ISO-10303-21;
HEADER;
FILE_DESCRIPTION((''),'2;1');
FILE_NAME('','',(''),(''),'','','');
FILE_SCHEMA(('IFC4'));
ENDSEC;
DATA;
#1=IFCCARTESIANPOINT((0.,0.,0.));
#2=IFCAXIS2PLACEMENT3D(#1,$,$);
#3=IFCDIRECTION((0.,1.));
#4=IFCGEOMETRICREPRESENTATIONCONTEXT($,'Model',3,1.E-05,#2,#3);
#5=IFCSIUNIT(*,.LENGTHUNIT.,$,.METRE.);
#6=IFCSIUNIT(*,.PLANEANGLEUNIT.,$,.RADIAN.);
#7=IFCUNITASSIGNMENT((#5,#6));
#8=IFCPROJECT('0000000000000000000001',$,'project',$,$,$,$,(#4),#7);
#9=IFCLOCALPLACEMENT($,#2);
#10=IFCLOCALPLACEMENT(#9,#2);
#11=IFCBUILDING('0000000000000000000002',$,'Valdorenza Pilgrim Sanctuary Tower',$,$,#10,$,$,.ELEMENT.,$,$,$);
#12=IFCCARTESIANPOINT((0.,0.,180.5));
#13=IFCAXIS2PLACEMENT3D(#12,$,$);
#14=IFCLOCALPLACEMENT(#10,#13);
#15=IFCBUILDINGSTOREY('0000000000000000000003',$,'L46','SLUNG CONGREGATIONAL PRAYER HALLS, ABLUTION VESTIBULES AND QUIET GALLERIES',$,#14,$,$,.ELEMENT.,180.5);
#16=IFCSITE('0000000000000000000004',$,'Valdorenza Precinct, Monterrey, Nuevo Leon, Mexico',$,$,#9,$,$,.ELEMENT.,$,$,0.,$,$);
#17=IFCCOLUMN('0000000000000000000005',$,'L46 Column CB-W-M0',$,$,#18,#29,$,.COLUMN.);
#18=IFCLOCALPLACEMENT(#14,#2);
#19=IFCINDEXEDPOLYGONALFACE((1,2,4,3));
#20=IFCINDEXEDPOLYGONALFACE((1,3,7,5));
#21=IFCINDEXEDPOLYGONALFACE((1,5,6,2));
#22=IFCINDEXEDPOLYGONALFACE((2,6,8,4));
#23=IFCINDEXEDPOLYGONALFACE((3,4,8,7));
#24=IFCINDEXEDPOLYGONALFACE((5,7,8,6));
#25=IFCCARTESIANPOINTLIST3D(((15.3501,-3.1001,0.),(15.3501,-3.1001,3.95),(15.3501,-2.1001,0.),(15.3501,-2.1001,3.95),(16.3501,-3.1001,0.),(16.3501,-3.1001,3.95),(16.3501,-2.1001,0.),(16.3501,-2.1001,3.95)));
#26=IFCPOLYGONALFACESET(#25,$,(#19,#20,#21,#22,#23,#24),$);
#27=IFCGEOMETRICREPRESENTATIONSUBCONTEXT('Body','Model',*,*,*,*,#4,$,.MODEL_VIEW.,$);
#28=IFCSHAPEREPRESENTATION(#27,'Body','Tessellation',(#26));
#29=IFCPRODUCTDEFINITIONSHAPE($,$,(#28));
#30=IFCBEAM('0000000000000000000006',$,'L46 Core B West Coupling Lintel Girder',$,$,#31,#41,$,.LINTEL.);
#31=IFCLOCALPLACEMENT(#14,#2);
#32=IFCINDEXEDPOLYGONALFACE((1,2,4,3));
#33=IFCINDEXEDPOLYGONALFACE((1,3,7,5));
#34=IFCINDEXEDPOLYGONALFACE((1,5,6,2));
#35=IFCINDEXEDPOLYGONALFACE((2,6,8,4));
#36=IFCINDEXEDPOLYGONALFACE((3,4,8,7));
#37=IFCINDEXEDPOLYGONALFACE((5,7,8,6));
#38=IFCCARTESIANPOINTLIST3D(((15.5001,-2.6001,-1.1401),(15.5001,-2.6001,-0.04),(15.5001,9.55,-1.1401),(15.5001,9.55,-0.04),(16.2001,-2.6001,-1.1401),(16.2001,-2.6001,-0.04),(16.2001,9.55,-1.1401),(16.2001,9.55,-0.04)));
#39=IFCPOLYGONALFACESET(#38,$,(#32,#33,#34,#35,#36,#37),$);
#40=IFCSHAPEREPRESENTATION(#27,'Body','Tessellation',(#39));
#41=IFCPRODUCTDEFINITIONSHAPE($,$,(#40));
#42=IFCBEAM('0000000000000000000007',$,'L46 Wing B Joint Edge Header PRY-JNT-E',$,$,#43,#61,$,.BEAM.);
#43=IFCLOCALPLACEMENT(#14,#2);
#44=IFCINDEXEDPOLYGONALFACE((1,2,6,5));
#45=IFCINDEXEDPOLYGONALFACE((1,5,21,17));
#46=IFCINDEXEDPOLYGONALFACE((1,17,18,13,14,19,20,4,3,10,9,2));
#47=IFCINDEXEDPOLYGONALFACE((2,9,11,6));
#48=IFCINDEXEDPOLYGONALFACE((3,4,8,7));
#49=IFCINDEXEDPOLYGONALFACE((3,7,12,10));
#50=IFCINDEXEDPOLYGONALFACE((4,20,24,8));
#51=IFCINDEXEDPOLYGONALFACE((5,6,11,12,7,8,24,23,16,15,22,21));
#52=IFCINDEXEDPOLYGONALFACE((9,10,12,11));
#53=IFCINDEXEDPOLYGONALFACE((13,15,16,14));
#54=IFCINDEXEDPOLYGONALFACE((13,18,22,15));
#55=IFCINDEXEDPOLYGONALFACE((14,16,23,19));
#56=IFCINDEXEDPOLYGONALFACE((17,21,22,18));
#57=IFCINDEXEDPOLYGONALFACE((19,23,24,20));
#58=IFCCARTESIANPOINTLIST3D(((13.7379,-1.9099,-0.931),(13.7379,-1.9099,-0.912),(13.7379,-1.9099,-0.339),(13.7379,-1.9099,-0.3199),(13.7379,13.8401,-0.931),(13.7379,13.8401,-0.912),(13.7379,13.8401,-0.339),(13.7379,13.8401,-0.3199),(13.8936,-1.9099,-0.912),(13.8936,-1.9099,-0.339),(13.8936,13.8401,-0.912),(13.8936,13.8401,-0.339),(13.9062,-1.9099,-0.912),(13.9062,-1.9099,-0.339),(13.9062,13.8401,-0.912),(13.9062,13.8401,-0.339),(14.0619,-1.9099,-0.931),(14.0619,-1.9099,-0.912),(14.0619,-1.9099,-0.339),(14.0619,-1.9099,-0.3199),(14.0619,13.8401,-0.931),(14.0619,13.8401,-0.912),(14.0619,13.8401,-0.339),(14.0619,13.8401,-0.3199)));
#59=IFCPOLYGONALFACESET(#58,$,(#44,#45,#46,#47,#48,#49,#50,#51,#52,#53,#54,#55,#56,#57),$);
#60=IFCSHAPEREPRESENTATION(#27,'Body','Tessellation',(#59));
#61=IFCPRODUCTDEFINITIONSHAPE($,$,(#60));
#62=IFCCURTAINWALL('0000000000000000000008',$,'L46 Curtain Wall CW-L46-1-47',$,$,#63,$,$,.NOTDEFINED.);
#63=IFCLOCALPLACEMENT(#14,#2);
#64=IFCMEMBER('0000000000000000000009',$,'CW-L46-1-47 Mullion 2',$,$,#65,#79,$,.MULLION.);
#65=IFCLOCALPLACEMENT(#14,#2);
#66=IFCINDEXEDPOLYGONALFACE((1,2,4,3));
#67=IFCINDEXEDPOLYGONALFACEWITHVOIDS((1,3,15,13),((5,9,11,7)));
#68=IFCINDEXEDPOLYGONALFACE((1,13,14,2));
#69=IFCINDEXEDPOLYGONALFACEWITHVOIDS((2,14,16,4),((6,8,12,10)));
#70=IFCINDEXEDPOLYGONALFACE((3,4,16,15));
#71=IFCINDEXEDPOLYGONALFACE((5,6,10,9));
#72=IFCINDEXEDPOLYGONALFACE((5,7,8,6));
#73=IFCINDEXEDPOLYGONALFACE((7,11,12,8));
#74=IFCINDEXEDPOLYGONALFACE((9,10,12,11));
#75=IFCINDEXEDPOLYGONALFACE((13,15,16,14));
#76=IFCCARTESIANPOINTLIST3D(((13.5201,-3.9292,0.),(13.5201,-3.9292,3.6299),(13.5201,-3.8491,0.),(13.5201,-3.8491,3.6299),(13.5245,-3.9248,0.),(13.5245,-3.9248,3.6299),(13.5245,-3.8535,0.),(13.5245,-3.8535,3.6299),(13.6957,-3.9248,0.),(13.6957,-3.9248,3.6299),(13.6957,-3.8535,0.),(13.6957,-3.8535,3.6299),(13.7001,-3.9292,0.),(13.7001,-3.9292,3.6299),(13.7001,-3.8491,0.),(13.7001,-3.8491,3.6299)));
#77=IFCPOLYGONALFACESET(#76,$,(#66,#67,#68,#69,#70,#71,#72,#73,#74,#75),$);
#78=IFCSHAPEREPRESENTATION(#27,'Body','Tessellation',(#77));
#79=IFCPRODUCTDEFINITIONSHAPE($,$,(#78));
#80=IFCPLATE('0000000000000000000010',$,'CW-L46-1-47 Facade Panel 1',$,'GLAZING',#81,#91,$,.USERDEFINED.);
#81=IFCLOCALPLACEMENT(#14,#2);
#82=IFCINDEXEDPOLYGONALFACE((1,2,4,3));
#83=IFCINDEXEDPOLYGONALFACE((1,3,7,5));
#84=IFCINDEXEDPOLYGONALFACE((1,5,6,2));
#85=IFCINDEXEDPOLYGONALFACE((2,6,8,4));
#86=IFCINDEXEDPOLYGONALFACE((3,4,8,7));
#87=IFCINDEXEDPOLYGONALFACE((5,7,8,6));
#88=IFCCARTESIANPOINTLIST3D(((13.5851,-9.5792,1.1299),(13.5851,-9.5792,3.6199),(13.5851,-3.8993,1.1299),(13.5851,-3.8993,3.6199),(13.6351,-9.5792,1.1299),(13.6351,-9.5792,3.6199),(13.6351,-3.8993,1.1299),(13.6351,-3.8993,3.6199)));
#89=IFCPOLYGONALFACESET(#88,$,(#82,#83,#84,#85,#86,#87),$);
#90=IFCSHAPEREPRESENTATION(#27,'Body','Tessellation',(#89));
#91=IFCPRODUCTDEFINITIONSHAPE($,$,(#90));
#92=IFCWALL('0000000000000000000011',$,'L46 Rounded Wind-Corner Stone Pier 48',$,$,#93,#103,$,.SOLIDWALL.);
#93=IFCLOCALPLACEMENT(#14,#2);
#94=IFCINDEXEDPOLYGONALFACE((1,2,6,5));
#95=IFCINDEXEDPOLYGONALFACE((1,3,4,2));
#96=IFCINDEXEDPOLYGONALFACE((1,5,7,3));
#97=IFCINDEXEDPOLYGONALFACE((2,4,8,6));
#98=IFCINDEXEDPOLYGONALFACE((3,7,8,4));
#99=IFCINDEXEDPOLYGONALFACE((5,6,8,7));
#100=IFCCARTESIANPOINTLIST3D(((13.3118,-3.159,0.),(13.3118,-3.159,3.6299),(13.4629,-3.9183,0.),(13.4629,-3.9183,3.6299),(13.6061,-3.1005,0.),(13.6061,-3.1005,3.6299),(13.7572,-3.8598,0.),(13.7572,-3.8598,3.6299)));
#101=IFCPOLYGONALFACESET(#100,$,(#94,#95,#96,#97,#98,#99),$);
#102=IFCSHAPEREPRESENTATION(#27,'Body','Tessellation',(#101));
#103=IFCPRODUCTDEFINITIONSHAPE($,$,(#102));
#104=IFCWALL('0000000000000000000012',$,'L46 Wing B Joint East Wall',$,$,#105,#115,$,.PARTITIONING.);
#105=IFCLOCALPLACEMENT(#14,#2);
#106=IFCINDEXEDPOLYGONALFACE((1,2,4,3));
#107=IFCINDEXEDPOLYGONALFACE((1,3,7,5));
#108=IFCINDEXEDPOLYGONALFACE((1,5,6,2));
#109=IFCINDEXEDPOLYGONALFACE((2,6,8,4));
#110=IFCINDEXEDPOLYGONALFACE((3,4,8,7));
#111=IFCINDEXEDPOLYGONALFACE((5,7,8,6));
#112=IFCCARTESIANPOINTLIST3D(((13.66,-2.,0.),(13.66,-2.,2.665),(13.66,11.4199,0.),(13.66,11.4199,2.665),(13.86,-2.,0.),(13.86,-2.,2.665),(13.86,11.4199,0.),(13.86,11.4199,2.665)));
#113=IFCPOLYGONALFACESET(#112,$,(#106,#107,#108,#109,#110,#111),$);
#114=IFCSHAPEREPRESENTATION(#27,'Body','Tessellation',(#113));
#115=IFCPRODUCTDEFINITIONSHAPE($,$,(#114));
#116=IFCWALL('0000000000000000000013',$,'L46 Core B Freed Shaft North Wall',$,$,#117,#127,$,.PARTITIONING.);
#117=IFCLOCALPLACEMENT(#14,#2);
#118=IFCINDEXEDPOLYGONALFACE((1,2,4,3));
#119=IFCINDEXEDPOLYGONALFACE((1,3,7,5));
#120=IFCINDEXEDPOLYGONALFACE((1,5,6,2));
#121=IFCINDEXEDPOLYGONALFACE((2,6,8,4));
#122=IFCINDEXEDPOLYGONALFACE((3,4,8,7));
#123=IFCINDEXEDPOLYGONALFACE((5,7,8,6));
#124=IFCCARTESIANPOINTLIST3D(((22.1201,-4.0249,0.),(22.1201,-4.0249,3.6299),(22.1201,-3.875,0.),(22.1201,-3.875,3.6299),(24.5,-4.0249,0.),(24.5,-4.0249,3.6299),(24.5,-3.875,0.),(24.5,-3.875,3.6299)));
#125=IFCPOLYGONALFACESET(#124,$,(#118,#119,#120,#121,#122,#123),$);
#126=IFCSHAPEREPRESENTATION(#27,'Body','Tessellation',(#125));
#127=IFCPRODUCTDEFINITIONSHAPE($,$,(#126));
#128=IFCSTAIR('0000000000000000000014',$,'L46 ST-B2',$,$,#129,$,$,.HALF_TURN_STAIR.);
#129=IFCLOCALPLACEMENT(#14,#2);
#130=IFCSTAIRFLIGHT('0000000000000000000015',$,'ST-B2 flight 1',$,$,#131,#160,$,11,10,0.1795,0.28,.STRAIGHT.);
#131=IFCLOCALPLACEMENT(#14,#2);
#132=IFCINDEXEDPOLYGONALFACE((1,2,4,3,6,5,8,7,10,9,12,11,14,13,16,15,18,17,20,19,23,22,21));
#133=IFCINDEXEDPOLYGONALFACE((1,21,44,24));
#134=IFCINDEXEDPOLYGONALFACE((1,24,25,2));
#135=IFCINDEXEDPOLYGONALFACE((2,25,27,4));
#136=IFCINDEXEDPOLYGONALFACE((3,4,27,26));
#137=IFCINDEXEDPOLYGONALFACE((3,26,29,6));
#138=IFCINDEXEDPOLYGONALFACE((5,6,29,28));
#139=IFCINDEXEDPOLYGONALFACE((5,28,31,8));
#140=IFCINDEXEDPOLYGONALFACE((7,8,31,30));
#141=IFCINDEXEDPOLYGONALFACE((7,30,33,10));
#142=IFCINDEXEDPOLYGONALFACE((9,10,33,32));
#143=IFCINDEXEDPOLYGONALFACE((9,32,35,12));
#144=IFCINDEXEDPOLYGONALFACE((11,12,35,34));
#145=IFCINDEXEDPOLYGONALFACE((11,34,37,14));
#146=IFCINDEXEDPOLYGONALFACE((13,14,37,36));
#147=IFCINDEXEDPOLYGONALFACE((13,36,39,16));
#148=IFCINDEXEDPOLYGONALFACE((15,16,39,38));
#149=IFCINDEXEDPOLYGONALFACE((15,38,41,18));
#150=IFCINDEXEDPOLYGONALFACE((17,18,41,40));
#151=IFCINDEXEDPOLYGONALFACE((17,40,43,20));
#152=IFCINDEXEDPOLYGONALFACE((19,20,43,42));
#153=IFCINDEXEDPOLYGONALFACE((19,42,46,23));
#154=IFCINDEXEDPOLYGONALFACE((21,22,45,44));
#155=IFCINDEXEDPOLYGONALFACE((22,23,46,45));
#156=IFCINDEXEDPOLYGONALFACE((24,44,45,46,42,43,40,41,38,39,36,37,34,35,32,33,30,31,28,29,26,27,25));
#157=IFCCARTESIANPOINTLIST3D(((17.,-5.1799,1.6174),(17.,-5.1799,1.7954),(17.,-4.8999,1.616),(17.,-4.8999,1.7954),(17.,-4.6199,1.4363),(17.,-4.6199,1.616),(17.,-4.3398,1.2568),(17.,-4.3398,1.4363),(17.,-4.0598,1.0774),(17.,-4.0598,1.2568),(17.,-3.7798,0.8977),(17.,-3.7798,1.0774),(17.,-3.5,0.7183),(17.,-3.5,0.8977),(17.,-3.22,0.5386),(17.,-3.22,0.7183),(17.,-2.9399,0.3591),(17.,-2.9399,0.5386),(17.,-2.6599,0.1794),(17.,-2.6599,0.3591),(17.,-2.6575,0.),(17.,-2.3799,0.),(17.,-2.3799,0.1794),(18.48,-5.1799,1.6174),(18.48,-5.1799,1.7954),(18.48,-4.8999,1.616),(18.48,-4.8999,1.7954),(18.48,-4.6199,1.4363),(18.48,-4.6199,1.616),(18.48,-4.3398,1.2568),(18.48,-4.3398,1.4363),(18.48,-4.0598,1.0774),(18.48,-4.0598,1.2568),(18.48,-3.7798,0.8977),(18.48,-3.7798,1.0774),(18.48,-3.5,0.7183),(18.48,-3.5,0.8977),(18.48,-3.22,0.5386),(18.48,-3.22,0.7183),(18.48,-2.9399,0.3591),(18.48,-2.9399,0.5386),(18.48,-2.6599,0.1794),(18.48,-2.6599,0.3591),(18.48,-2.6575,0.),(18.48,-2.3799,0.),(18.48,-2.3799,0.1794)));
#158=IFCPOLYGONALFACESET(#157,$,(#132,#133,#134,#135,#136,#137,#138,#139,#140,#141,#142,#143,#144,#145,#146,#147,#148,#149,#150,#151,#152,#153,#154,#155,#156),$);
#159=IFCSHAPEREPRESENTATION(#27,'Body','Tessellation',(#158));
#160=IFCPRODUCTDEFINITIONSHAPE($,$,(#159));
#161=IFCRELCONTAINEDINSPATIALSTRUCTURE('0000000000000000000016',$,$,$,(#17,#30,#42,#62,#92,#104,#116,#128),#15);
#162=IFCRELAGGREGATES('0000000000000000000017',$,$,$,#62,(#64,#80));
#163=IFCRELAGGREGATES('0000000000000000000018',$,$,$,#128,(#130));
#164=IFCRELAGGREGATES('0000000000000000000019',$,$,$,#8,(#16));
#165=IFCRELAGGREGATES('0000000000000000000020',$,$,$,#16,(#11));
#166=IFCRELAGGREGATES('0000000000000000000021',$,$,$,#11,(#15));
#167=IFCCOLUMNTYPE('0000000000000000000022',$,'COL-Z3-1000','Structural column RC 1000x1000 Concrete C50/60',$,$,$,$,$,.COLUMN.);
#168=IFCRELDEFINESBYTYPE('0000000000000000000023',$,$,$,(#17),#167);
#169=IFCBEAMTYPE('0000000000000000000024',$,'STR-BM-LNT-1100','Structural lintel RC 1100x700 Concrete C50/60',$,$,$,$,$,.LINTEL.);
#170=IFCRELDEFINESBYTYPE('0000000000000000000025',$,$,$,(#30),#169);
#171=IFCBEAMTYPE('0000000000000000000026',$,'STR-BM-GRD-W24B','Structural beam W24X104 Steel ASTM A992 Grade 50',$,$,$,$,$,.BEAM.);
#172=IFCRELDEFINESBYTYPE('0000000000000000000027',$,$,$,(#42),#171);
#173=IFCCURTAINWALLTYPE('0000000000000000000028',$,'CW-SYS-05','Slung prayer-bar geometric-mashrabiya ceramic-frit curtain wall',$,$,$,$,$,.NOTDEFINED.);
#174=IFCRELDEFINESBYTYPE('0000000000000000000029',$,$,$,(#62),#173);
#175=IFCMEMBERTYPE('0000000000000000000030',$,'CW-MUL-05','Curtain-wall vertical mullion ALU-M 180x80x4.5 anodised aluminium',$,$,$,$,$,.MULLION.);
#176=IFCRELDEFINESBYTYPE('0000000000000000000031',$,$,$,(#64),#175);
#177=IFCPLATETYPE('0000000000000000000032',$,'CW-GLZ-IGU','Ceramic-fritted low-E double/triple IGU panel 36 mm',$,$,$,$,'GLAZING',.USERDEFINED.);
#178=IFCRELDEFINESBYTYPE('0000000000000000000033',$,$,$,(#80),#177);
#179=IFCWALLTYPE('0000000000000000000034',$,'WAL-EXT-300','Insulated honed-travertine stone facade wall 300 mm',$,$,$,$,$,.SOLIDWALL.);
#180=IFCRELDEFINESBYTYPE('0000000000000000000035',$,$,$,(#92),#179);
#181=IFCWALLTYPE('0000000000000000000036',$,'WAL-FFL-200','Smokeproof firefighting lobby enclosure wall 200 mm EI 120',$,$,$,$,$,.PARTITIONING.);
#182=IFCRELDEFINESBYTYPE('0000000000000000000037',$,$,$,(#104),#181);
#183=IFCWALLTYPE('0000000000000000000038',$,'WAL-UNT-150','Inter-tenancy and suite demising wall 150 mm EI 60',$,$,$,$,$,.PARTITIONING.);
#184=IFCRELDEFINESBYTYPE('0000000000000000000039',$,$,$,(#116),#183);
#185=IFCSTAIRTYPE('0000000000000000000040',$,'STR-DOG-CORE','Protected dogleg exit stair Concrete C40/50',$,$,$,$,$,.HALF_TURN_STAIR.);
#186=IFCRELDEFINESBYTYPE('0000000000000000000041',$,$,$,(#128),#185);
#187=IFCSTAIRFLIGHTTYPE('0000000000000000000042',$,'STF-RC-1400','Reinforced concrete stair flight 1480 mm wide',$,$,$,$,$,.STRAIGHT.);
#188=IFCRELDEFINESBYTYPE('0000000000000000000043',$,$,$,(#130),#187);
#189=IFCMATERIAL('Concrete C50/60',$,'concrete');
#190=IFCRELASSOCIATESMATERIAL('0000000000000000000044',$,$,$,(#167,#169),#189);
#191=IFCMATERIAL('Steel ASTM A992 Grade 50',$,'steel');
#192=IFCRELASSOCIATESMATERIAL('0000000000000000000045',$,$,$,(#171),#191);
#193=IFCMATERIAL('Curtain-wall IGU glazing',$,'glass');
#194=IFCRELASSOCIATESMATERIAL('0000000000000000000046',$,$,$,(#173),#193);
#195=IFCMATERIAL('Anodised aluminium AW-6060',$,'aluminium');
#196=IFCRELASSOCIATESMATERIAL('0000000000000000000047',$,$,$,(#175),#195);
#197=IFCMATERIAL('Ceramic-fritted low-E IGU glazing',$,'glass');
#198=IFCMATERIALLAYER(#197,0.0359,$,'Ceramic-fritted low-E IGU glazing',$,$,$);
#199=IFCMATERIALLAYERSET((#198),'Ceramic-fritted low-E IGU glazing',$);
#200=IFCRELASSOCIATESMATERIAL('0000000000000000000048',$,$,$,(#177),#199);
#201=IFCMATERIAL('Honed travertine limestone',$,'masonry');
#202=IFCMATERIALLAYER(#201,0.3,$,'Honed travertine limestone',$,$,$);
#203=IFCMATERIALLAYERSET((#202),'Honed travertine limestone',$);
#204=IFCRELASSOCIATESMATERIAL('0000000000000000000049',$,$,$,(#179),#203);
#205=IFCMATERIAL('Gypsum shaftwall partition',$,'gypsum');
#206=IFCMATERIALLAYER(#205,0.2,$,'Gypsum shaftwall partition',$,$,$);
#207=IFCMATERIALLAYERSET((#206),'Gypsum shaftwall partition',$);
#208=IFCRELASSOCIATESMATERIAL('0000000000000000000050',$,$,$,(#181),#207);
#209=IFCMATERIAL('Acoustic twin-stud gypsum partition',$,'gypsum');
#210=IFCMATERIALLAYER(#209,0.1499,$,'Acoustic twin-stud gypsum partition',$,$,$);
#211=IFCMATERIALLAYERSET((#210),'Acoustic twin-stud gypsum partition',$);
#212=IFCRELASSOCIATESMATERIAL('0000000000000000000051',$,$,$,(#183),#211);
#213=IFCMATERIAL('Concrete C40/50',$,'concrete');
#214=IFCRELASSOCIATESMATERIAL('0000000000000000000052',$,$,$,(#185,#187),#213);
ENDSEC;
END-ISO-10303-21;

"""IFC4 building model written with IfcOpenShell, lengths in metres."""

from ifc_helpers import new_model, si_unit, direction, frame, frame_2d, origin, origin_2d, place, context, subcontext, project, spatial, polyline, rectangle, hollow_rectangle, i_section, outline, extrude, source, transform, mapped, material, layer, layer_set, material_profile, profile_set, type_object, element, aggregate, save


model = new_model("IFC4")

# Units and contexts
model_context = context("Model", 3, precision=1e-05, world=origin(), true_north=direction((0.0, 1.0)))
body_context = subcontext(model_context, "Body", "Model", "MODEL_VIEW")
ifc_project = project(units=[si_unit("LENGTHUNIT", "METRE"), si_unit("PLANEANGLEUNIT", "RADIAN")], contexts=[model_context])

# Site, building, storey
site_placement = place(None, origin())
site = spatial("IfcSite", under=ifc_project, at=site_placement, Name="Valdorenza Precinct, Monterrey, Nuevo Leon, Mexico", CompositionType="ELEMENT", RefElevation=0.0)
building_placement = place(site_placement, origin())
building = spatial("IfcBuilding", under=site, at=building_placement, Name="Valdorenza Pilgrim Sanctuary Tower", CompositionType="ELEMENT")
storey_placement = place(building_placement, frame((0.0, 0.0, 180.5)))
storey = spatial("IfcBuildingStorey", under=building, at=storey_placement, Name="L46", Description="SLUNG CONGREGATIONAL PRAYER HALLS, ABLUTION VESTIBULES AND QUIET GALLERIES", CompositionType="ELEMENT", Elevation=180.5)

# Column
ifc_material_1 = material(Name="Concrete C50/60", Category="concrete")
ifc_material_profile_1 = material_profile(ifc_material_1, rectangle(XDim=1.0, YDim=1.0, at=origin_2d()), Name="RC 1000x1000")
ifc_profile_set_1 = profile_set([ifc_material_profile_1], Name="Concrete C50/60")
column_type = type_object("IfcColumnType", Name="COL-Z3-1000", Description="Structural column RC 1000x1000 Concrete C50/60", PredefinedType="COLUMN", material=ifc_profile_set_1)
shared_shape_1 = source(origin(), body_context, "Body", "SweptSolid", [
    extrude(rectangle(XDim=1.0, YDim=1.0, at=origin_2d()), origin(), (0.0, 0.0, 1.0), 3.95),
])
column_placement = place(storey_placement, frame((15.8501, -2.6001, 0.0), z_axis=(0.0, 0.0, 1.0), x_axis=(1.0, 0.0, 0.0)))
element("IfcColumn", 1, at=column_placement, inside=storey, type_object=column_type, Name="L46 Column CB-W-M0", PredefinedType="COLUMN", context=body_context, shape_type="MappedRepresentation", body=[
    mapped(shared_shape_1, transform((0.0, 0.0, 0.0), x_axis=(1.0, 0.0, 0.0), y_axis=(0.0, 1.0, 0.0), z_axis=(0.0, 0.0, 1.0), scale=1.0)),
])

# Beams
ifc_material_profile_2 = material_profile(ifc_material_1, rectangle(XDim=0.7, YDim=1.1001, at=origin_2d()), Name="RC 1100x700")
ifc_profile_set_2 = profile_set([ifc_material_profile_2], Name="Concrete C50/60")
beam_type_1 = type_object("IfcBeamType", Name="STR-BM-LNT-1100", Description="Structural lintel RC 1100x700 Concrete C50/60", PredefinedType="LINTEL", material=ifc_profile_set_2)
shared_shape_2 = source(origin(), body_context, "Body", "SweptSolid", [
    extrude(rectangle(XDim=0.7, YDim=1.1001, at=origin_2d()), origin(), (0.0, 0.0, 1.0), 12.1501),
])
beam_1_placement = place(storey_placement, frame((15.8501, -2.6001, -0.5901), z_axis=(0.0, 1.0, 0.0), x_axis=(-1.0, 0.0, 0.0)))
element("IfcBeam", 2, at=beam_1_placement, inside=storey, type_object=beam_type_1, Name="L46 Core B West Coupling Lintel Girder", PredefinedType="LINTEL", context=body_context, shape_type="MappedRepresentation", body=[
    mapped(shared_shape_2, transform((0.0, 0.0, 0.0), x_axis=(1.0, 0.0, 0.0), y_axis=(0.0, 1.0, 0.0), z_axis=(0.0, 0.0, 1.0), scale=1.0)),
])
ifc_material_2 = material(Name="Steel ASTM A992 Grade 50", Category="steel")
ifc_material_profile_3 = material_profile(ifc_material_2, i_section(OverallWidth=0.324, OverallDepth=0.6111, WebThickness=0.0127, FlangeThickness=0.019, at=origin_2d()), Name="W24X104")
ifc_profile_set_3 = profile_set([ifc_material_profile_3], Name="Steel ASTM A992 Grade 50")
beam_type_2 = type_object("IfcBeamType", Name="STR-BM-GRD-W24B", Description="Structural beam W24X104 Steel ASTM A992 Grade 50", PredefinedType="BEAM", material=ifc_profile_set_3)
shared_shape_3 = source(origin(), body_context, "Body", "SweptSolid", [
    extrude(i_section(OverallWidth=0.324, OverallDepth=0.6111, WebThickness=0.0127, FlangeThickness=0.019, at=origin_2d()), origin(), (0.0, 0.0, 1.0), 15.75),
])
beam_2_placement = place(storey_placement, frame((13.8999, -1.9099, -0.6255), z_axis=(0.0, 1.0, 0.0), x_axis=(-1.0, 0.0, 0.0)))
element("IfcBeam", 3, at=beam_2_placement, inside=storey, type_object=beam_type_2, Name="L46 Wing B Joint Edge Header PRY-JNT-E", PredefinedType="BEAM", context=body_context, shape_type="MappedRepresentation", body=[
    mapped(shared_shape_3, transform((0.0, 0.0, 0.0), x_axis=(1.0, 0.0, 0.0), y_axis=(0.0, 1.0, 0.0), z_axis=(0.0, 0.0, 1.0), scale=1.0)),
])

# Curtain wall, member, plate
ifc_material_3 = material(Name="Curtain-wall IGU glazing", Category="glass")
curtain_wall_type = type_object("IfcCurtainWallType", Name="CW-SYS-05", Description="Slung prayer-bar geometric-mashrabiya ceramic-frit curtain wall", PredefinedType="NOTDEFINED", material=ifc_material_3)
curtain_wall_placement = place(storey_placement, origin())
curtain_wall = element("IfcCurtainWall", 4, at=curtain_wall_placement, inside=storey, type_object=curtain_wall_type, Name="L46 Curtain Wall CW-L46-1-47", PredefinedType="NOTDEFINED")
ifc_material_4 = material(Name="Anodised aluminium AW-6060", Category="aluminium")
ifc_material_profile_4 = material_profile(ifc_material_4, hollow_rectangle(XDim=0.0801, YDim=0.1799, WallThickness=0.0044, at=origin_2d()), Name="ALU-M 180x80x4.5")
ifc_profile_set_4 = profile_set([ifc_material_profile_4], Name="Anodised aluminium AW-6060")
member_type = type_object("IfcMemberType", Name="CW-MUL-05", Description="Curtain-wall vertical mullion ALU-M 180x80x4.5 anodised aluminium", PredefinedType="MULLION", material=ifc_profile_set_4)
shared_shape_4 = source(origin(), body_context, "Body", "SweptSolid", [
    extrude(hollow_rectangle(XDim=0.0801, YDim=0.1799, WallThickness=0.0044, at=origin_2d()), origin(), (0.0, 0.0, 1.0), 3.6299),
])
member_placement = place(storey_placement, frame((13.6101, -3.8892, 0.0), z_axis=(0.0, 0.0, 1.0), x_axis=(0.0, 1.0, 0.0)))
member = element("IfcMember", 5, at=member_placement, type_object=member_type, Name="CW-L46-1-47 Mullion 2", PredefinedType="MULLION", context=body_context, shape_type="MappedRepresentation", body=[
    mapped(shared_shape_4, transform((0.0, 0.0, 0.0), x_axis=(1.0, 0.0, 0.0), y_axis=(0.0, 1.0, 0.0), z_axis=(0.0, 0.0, 1.0), scale=1.0)),
])
ifc_material_5 = material(Name="Ceramic-fritted low-E IGU glazing", Category="glass")
ifc_layer_1 = layer(ifc_material_5, 0.0359, Name="Ceramic-fritted low-E IGU glazing")
ifc_layer_set_1 = layer_set([ifc_layer_1], Name="Ceramic-fritted low-E IGU glazing")
plate_type = type_object("IfcPlateType", Name="CW-GLZ-IGU", Description="Ceramic-fritted low-E double/triple IGU panel 36 mm", ElementType="GLAZING", PredefinedType="USERDEFINED", material=ifc_layer_set_1)
shared_shape_5 = source(origin(), body_context, "Body", "SweptSolid", [
    extrude(rectangle(XDim=5.6799, YDim=0.05, at=origin_2d()), origin(), (0.0, 0.0, 1.0), 2.49),
])
plate_placement = place(storey_placement, frame((13.6101, -6.7393, 1.1299), z_axis=(0.0, 0.0, 1.0), x_axis=(0.0, 1.0, 0.0)))
plate = element("IfcPlate", 6, at=plate_placement, type_object=plate_type, Name="CW-L46-1-47 Facade Panel 1", ObjectType="GLAZING", PredefinedType="USERDEFINED", context=body_context, shape_type="MappedRepresentation", body=[
    mapped(shared_shape_5, transform((0.0, 0.0, 0.0), x_axis=(1.0, 0.0, 0.0), y_axis=(0.0, 1.0, 0.0), z_axis=(0.0, 0.0, 1.0), scale=1.0)),
])
aggregate(curtain_wall, [member, plate])

# Wall
ifc_material_6 = material(Name="Honed travertine limestone", Category="masonry")
ifc_layer_2 = layer(ifc_material_6, 0.3, Name="Honed travertine limestone")
ifc_layer_set_2 = layer_set([ifc_layer_2], Name="Honed travertine limestone")
wall_type_1 = type_object("IfcWallType", Name="WAL-EXT-300", Description="Insulated honed-travertine stone facade wall 300 mm", PredefinedType="SOLIDWALL", material=ifc_layer_set_2)
wall_1_placement = place(storey_placement, frame((13.6101, -3.8892, 0.0), z_axis=(0.0, 0.0, 1.0), x_axis=(-0.195206, 0.980762, 0.0)))
element("IfcWall", 7, at=wall_1_placement, inside=storey, type_object=wall_type_1, Name="L46 Rounded Wind-Corner Stone Pier 48", PredefinedType="SOLIDWALL", context=body_context, shape_type="SweptSolid", body=[
    extrude(rectangle(XDim=0.7742, YDim=0.3, at=frame_2d((0.3872, 0.0))), origin(), (0.0, 0.0, 1.0), 3.6299),
])

# Shared definitions
ifc_material_7 = material(Name="Gypsum shaftwall partition", Category="gypsum")
ifc_layer_3 = layer(ifc_material_7, 0.2, Name="Gypsum shaftwall partition")
ifc_layer_set_3 = layer_set([ifc_layer_3], Name="Gypsum shaftwall partition")
wall_type_2 = type_object("IfcWallType", Name="WAL-FFL-200", Description="Smokeproof firefighting lobby enclosure wall 200 mm EI 120", PredefinedType="PARTITIONING", material=ifc_layer_set_3)

# Wall
wall_2_placement = place(storey_placement, frame((13.76, -2.0, 0.0), z_axis=(0.0, 0.0, 1.0), x_axis=(0.0, 1.0, 0.0)))
element("IfcWall", 8, at=wall_2_placement, inside=storey, type_object=wall_type_2, Name="L46 Wing B Joint East Wall", PredefinedType="PARTITIONING", context=body_context, shape_type="SweptSolid", body=[
    extrude(rectangle(XDim=13.4199, YDim=0.2, at=frame_2d((6.71, 0.0))), origin(), (0.0, 0.0, 1.0), 2.665),
])

# Shared definitions
ifc_material_8 = material(Name="Concrete C40/50", Category="concrete")

# Wall
ifc_material_9 = material(Name="Acoustic twin-stud gypsum partition", Category="gypsum")
ifc_layer_4 = layer(ifc_material_9, 0.1499, Name="Acoustic twin-stud gypsum partition")
ifc_layer_set_4 = layer_set([ifc_layer_4], Name="Acoustic twin-stud gypsum partition")
wall_type_3 = type_object("IfcWallType", Name="WAL-UNT-150", Description="Inter-tenancy and suite demising wall 150 mm EI 60", PredefinedType="PARTITIONING", material=ifc_layer_set_4)
wall_3_placement = place(storey_placement, frame((22.1201, -3.95, 0.0), z_axis=(0.0, 0.0, 1.0), x_axis=(1.0, 0.0, 0.0)))
element("IfcWall", 9, at=wall_3_placement, inside=storey, type_object=wall_type_3, Name="L46 Core B Freed Shaft North Wall", PredefinedType="PARTITIONING", context=body_context, shape_type="SweptSolid", body=[
    extrude(rectangle(XDim=2.3799, YDim=0.1499, at=frame_2d((1.1899, 0.0))), origin(), (0.0, 0.0, 1.0), 3.6299),
])

# Stair, stair flight
stair_type = type_object("IfcStairType", Name="STR-DOG-CORE", Description="Protected dogleg exit stair Concrete C40/50", PredefinedType="HALF_TURN_STAIR", material=ifc_material_8)
stair_placement = place(storey_placement, origin())
stair = element("IfcStair", 10, at=stair_placement, inside=storey, type_object=stair_type, Name="L46 ST-B2", PredefinedType="HALF_TURN_STAIR")
stair_flight_type = type_object("IfcStairFlightType", Name="STF-RC-1400", Description="Reinforced concrete stair flight 1480 mm wide", PredefinedType="STRAIGHT", material=ifc_material_8)
stair_flight_1_placement = place(storey_placement, frame((17.74, -2.3799, 0.0), z_axis=(0.0, 0.0, 1.0), x_axis=(0.0, -1.0, 0.0)))
stair_flight_1 = element("IfcStairFlight", 11, at=stair_flight_1_placement, type_object=stair_flight_type, Name="ST-B2 flight 1", NumberOfRisers=11, NumberOfTreads=10, PredefinedType="STRAIGHT", RiserHeight=0.1795, TreadLength=0.28, context=body_context, shape_type="SweptSolid", body=[
    extrude(outline(polyline([(0.0, 0.0), (0.0, 0.1794), (0.28, 0.1794), (0.28, 0.3591), (0.5601, 0.3591), (0.5601, 0.5386), (0.8401, 0.5386), (0.8401, 0.7183), (1.1201, 0.7183), (1.1201, 0.8977), (1.3999, 0.8977), (1.3999, 1.0774), (1.6799, 1.0774), (1.6799, 1.2568), (1.96, 1.2568), (1.96, 1.4363), (2.24, 1.4363), (2.24, 1.616), (2.52, 1.616), (2.52, 1.7954), (2.8, 1.7954), (2.8, 1.9751), (2.8, 1.6174), (0.2776, 0.0), (0.0, 0.0)])), frame((0.0, 0.74, 0.0), z_axis=(0.0, -1.0, 0.0), x_axis=(1.0, 0.0, 0.0)), (0.0, 0.0, 1.0), 1.48),
])
aggregate(stair, [stair_flight_1])

save(model, "model.ifc")
